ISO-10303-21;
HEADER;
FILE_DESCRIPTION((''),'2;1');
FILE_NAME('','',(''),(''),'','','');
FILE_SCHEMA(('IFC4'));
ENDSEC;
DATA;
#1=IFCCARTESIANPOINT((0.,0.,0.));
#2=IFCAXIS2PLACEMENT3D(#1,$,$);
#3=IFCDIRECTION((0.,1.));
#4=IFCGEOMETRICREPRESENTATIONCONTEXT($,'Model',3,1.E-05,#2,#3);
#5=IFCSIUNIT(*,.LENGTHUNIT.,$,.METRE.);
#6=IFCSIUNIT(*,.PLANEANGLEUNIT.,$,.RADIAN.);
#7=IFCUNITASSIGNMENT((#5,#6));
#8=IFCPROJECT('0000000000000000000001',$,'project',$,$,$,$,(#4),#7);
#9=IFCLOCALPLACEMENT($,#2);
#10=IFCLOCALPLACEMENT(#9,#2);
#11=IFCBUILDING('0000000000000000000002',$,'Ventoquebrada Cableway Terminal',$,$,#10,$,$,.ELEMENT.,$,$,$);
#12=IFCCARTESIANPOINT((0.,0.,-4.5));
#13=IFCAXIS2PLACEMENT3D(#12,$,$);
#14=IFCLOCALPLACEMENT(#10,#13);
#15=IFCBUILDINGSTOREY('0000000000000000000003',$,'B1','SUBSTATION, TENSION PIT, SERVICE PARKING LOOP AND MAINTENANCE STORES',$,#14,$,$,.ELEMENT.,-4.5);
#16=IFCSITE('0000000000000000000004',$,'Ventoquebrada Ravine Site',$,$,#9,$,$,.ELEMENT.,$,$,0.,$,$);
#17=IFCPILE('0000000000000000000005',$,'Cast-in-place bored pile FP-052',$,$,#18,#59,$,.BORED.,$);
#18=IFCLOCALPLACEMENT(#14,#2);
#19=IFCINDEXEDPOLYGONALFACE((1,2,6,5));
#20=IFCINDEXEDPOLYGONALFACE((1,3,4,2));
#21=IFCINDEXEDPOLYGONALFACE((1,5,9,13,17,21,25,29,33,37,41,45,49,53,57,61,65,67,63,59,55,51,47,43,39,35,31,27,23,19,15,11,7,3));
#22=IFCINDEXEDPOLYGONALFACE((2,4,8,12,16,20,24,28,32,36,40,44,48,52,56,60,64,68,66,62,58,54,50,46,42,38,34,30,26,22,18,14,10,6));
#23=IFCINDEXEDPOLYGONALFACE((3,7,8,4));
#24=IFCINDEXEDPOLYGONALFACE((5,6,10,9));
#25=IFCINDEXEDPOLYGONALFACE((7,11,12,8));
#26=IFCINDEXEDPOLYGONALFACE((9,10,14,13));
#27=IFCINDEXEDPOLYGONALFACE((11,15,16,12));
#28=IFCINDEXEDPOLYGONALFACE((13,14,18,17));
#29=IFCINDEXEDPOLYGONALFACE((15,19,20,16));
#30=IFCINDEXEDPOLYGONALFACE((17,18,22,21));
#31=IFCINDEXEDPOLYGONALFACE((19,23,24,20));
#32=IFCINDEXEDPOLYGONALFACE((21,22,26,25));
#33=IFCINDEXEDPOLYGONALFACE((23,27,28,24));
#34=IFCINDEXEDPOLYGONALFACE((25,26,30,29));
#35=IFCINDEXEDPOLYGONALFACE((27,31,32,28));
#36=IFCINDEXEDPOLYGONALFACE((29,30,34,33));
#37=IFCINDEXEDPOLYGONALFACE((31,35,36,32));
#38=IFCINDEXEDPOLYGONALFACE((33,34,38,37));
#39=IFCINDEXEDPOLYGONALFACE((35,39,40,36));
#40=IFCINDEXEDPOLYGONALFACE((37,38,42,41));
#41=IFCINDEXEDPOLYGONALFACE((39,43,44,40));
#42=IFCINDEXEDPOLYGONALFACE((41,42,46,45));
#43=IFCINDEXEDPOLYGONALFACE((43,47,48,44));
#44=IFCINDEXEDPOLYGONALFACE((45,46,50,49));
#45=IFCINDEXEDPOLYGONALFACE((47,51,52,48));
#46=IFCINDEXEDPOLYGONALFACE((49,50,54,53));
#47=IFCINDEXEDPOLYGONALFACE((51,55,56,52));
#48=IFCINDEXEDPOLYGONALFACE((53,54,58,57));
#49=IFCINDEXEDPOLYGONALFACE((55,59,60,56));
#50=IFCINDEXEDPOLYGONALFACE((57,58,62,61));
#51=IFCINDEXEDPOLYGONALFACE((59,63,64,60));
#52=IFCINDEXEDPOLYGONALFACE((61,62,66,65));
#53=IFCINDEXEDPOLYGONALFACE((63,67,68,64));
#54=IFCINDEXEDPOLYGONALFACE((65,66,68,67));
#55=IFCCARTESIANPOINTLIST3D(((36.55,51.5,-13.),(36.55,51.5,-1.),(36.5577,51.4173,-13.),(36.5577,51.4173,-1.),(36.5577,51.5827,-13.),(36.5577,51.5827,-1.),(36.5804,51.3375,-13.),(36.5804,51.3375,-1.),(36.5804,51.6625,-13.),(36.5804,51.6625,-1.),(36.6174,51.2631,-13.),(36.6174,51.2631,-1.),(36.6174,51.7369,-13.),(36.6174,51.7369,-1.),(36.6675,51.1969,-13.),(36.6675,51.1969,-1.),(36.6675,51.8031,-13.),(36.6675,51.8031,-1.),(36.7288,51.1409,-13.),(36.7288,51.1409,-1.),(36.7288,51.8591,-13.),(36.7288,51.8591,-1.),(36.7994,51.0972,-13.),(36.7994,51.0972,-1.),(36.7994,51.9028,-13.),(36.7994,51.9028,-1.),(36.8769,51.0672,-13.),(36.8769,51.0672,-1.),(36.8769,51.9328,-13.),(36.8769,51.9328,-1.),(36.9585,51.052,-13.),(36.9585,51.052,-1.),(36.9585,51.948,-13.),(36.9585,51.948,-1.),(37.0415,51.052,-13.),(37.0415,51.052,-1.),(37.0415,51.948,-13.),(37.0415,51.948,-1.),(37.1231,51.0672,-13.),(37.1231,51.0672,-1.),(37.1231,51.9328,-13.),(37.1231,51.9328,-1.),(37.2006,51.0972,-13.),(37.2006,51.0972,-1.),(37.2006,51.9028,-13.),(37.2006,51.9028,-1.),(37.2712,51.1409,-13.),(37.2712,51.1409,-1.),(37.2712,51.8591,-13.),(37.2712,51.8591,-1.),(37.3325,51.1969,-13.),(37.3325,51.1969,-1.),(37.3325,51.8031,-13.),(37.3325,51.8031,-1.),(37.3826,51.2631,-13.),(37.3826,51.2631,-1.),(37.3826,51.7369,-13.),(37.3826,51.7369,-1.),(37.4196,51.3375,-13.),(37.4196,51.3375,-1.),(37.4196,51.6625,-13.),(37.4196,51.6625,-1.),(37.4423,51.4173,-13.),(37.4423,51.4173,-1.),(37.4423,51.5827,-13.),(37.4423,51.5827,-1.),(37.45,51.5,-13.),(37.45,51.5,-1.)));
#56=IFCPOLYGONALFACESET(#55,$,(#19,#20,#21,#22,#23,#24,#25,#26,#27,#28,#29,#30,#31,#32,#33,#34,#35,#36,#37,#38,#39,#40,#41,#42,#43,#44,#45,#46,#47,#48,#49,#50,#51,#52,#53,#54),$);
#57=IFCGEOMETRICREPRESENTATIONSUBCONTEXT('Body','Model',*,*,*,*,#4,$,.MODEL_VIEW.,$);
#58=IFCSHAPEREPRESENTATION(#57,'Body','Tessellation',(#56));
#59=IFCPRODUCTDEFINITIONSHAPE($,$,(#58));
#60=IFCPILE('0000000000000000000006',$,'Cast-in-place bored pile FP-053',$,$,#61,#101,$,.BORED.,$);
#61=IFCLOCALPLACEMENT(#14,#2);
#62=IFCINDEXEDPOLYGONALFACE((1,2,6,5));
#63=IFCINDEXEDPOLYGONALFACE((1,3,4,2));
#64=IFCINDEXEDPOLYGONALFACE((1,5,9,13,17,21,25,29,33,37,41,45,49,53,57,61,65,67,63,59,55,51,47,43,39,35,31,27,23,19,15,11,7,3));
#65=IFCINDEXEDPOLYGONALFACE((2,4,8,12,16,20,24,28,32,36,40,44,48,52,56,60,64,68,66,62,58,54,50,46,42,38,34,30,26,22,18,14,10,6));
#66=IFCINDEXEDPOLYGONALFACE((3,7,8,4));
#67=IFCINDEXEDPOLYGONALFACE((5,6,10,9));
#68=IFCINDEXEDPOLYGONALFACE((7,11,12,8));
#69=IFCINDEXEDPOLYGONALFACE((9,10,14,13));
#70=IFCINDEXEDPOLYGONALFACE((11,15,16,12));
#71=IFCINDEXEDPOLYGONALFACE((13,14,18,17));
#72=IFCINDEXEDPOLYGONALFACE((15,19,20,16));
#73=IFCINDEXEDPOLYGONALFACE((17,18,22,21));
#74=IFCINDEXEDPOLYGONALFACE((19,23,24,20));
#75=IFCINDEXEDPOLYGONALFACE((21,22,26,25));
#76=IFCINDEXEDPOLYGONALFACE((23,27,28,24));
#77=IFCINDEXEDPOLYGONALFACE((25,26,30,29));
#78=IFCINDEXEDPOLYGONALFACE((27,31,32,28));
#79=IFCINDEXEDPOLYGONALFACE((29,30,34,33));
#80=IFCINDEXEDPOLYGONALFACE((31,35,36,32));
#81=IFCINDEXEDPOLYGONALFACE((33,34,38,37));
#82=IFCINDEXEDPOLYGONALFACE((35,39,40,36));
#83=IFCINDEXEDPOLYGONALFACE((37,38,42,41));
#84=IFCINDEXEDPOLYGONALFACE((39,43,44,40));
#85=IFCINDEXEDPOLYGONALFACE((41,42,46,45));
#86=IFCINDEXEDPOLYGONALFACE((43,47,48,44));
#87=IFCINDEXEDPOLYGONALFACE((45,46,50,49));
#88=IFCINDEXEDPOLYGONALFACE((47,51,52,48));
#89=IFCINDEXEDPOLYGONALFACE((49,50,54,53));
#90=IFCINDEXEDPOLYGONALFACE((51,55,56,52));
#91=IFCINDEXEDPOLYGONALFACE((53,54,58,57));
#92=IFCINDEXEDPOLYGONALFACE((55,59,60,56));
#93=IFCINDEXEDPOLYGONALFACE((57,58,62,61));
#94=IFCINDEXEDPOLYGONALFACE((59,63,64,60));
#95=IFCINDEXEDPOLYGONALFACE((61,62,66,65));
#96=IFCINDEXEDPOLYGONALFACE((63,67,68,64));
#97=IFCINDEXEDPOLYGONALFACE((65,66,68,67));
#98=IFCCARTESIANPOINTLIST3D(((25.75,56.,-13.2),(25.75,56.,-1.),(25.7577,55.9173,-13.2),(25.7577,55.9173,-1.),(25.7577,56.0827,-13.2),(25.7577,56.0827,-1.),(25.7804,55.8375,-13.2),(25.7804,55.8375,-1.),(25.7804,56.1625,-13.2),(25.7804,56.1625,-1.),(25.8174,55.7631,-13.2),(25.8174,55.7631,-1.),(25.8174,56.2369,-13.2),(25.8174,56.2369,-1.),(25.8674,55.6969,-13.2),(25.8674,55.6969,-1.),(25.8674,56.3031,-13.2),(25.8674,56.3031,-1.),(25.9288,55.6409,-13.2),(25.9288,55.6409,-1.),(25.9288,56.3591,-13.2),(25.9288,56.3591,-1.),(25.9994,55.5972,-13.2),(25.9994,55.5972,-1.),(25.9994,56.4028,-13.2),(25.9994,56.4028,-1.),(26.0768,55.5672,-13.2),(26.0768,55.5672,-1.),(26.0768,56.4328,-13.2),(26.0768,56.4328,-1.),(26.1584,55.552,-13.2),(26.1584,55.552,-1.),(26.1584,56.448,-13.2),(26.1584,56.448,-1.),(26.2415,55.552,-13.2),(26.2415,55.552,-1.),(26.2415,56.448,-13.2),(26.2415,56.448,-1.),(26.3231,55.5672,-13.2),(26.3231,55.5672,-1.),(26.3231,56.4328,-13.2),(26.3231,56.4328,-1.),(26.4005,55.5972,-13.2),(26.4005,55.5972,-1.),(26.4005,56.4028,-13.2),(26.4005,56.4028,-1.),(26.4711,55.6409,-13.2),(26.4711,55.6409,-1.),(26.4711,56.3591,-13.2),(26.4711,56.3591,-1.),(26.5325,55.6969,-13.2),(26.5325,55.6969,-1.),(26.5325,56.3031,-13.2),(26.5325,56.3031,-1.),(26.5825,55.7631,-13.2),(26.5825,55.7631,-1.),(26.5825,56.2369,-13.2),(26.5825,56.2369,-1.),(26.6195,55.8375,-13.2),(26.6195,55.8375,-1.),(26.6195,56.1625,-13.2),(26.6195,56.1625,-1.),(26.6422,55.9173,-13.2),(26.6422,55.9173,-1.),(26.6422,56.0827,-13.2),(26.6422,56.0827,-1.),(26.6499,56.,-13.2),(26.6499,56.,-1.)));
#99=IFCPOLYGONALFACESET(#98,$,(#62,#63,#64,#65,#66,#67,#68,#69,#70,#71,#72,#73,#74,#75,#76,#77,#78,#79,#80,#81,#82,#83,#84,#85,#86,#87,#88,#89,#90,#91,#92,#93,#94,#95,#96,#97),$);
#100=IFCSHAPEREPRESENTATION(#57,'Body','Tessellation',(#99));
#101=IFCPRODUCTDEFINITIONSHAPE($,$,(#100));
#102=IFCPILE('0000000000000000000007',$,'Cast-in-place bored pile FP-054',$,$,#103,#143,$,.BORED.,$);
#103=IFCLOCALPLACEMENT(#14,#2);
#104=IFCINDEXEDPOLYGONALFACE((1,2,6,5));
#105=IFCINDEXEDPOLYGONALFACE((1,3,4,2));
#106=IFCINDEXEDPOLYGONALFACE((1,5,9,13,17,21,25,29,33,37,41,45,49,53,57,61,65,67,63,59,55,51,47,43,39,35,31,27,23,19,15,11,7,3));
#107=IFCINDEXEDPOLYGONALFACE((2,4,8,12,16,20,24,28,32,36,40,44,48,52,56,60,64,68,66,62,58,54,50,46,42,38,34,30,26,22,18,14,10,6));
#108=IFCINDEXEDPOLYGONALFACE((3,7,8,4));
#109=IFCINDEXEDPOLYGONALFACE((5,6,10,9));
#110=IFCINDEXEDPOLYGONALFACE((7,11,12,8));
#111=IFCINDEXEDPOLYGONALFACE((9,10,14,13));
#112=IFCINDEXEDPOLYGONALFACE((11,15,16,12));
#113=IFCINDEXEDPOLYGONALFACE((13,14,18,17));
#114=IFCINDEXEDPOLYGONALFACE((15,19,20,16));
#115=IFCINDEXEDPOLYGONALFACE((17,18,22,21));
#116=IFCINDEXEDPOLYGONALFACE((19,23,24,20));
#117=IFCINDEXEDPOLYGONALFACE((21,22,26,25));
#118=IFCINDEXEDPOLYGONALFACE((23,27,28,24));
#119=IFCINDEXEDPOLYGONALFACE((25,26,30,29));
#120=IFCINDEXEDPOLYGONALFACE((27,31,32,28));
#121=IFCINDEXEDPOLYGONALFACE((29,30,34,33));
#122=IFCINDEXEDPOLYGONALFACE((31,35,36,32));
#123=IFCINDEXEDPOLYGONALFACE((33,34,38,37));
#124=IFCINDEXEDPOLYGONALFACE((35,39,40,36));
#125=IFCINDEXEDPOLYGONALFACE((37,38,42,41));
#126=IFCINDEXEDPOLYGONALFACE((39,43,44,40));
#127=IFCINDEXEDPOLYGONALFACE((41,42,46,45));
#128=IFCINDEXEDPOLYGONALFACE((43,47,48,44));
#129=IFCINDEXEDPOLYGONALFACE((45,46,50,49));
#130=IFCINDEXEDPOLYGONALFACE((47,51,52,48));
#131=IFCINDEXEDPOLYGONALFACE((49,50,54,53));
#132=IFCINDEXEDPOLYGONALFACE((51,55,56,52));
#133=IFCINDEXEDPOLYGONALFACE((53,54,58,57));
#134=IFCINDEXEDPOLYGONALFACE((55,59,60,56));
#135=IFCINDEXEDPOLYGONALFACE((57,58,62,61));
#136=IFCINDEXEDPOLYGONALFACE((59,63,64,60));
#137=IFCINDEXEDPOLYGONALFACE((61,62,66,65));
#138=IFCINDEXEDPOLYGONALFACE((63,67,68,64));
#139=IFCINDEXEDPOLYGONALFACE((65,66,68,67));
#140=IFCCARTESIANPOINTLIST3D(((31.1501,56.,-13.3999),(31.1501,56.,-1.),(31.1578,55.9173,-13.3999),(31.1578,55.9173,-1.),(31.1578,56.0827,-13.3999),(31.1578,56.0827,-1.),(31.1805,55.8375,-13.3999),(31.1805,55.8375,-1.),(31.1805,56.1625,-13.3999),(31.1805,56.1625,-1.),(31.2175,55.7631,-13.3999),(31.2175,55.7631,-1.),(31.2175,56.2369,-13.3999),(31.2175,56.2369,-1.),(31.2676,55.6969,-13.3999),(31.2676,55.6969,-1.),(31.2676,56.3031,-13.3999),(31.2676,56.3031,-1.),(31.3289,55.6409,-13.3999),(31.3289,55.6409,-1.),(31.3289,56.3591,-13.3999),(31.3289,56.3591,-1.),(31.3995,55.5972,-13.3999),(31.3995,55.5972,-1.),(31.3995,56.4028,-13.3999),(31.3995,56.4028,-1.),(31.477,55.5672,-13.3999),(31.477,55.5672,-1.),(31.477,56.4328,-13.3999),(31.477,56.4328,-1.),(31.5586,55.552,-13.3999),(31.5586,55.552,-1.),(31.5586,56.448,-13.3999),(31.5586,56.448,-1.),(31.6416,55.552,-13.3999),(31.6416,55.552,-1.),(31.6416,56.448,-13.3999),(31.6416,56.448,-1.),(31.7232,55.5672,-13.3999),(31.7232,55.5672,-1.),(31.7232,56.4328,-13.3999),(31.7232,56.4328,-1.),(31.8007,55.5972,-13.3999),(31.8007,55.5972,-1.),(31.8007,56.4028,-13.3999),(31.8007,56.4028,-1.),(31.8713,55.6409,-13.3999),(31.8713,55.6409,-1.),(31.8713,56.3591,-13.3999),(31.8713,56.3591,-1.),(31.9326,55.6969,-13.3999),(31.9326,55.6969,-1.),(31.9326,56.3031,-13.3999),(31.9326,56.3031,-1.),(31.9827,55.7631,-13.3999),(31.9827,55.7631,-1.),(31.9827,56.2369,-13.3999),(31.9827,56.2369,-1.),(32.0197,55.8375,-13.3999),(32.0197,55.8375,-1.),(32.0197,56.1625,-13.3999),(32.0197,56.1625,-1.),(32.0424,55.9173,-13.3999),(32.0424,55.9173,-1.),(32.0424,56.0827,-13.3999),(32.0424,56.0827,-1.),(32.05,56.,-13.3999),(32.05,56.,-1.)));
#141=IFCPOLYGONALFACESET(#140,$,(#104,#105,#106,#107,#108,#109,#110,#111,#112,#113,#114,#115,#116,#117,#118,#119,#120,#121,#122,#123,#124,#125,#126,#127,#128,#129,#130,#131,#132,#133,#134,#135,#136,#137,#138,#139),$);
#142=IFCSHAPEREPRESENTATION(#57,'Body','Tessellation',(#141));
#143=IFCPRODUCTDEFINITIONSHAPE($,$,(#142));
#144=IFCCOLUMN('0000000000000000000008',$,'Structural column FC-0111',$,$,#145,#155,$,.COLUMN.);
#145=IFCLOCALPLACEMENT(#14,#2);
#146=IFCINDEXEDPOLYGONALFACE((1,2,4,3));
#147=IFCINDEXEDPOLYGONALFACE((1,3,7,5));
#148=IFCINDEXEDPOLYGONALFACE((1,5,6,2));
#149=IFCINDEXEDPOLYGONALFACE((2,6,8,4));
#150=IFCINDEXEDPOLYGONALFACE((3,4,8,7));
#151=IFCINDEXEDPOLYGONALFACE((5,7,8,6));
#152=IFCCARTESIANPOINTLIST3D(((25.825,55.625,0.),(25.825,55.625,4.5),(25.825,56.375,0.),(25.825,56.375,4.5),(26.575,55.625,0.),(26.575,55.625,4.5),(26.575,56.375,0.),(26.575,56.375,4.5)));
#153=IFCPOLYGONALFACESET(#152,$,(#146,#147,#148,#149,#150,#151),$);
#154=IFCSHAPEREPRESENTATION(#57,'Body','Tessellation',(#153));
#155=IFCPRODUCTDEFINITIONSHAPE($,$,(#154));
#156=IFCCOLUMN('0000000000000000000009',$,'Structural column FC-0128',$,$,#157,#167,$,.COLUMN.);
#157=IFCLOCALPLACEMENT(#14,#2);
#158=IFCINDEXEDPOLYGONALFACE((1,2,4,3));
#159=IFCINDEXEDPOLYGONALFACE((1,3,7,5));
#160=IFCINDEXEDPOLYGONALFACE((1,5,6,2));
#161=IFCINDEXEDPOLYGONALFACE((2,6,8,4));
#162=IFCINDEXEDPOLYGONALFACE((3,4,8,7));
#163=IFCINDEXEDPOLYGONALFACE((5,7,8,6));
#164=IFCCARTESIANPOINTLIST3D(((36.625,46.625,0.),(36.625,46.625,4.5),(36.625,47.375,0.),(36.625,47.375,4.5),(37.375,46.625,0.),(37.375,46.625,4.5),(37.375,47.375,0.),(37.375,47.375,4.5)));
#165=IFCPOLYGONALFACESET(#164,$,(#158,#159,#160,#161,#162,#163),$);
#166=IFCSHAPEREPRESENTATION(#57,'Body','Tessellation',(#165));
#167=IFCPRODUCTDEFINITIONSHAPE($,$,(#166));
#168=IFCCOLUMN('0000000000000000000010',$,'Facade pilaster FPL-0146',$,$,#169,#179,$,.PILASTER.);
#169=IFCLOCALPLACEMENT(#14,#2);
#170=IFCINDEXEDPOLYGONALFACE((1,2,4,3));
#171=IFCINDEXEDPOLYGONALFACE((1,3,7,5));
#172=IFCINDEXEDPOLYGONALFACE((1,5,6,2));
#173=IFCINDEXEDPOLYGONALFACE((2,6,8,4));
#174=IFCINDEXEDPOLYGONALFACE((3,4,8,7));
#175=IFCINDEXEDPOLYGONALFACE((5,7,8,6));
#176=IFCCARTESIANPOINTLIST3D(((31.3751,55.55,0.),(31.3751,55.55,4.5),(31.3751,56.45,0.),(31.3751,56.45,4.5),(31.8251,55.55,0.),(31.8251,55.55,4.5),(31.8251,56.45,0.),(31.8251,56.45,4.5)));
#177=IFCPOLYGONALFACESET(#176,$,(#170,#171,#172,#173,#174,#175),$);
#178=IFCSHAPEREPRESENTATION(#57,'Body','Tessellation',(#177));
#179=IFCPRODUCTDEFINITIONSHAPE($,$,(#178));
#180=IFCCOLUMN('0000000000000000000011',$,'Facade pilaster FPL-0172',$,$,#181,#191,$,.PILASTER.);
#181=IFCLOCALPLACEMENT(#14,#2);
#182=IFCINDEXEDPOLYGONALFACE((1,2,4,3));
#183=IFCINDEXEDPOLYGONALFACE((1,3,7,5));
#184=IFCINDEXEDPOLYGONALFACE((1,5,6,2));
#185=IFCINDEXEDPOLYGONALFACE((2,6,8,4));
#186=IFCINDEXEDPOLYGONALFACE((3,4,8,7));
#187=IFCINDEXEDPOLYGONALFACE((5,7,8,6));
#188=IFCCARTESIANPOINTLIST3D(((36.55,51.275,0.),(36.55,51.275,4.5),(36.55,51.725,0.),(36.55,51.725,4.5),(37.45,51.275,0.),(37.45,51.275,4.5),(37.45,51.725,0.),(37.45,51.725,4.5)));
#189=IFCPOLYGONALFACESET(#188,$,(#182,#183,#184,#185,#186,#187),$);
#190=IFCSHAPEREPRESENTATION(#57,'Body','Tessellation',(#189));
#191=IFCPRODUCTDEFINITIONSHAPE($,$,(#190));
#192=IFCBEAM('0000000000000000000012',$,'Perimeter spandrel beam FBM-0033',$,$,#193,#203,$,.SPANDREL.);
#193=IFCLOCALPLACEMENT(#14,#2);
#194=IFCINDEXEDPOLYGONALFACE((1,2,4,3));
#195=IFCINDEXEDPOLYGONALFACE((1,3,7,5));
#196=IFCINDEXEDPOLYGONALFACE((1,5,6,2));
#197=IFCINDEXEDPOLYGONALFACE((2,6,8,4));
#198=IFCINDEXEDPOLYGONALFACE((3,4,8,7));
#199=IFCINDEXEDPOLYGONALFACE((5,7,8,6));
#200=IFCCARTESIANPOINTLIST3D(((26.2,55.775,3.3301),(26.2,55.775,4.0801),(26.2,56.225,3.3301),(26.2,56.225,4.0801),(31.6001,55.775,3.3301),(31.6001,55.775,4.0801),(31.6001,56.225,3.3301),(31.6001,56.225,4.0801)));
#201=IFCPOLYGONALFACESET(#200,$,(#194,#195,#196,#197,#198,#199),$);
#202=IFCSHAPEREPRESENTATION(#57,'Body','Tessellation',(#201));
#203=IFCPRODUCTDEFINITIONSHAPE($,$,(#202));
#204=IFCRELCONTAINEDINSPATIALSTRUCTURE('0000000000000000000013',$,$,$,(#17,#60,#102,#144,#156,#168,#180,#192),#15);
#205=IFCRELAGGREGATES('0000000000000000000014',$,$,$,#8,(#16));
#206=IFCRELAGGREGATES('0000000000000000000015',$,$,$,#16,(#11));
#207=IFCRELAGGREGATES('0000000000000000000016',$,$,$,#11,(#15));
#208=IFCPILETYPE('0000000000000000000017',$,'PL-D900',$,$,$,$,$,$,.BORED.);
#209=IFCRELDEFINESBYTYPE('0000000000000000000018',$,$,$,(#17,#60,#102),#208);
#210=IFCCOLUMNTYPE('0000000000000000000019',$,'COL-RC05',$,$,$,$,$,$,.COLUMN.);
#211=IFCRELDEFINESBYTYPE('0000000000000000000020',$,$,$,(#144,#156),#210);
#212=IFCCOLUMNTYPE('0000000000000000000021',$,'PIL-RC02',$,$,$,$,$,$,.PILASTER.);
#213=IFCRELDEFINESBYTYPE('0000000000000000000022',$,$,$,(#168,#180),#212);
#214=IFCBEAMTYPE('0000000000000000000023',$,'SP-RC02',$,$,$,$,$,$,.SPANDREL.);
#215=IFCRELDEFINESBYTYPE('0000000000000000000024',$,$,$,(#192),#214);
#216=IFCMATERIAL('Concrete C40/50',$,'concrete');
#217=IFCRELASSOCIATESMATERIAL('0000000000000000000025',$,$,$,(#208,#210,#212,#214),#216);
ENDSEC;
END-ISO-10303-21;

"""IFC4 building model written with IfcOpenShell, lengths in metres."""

from ifc_helpers import new_model, si_unit, direction, frame, origin, origin_2d, place, context, subcontext, project, spatial, rectangle, circle, extrude, material, material_profile, profile_set, type_object, element, save


model = new_model("IFC4")

# Units and contexts
model_context = context("Model", 3, precision=1e-05, world=origin(), true_north=direction((0.0, 1.0)))
body_context = subcontext(model_context, "Body", "Model", "MODEL_VIEW")
ifc_project = project(units=[si_unit("LENGTHUNIT", "METRE"), si_unit("PLANEANGLEUNIT", "RADIAN")], contexts=[model_context])

# Site, building, storey
site_placement = place(None, origin())
site = spatial("IfcSite", under=ifc_project, at=site_placement, Name="Ventoquebrada Ravine Site", CompositionType="ELEMENT", RefElevation=0.0)
building_placement = place(site_placement, origin())
building = spatial("IfcBuilding", under=site, at=building_placement, Name="Ventoquebrada Cableway Terminal", CompositionType="ELEMENT")
storey_placement = place(building_placement, frame((0.0, 0.0, -4.5)))
storey = spatial("IfcBuildingStorey", under=building, at=storey_placement, Name="B1", Description="SUBSTATION, TENSION PIT, SERVICE PARKING LOOP AND MAINTENANCE STORES", CompositionType="ELEMENT", Elevation=-4.5)

# Shared definitions
ifc_material = material(Name="Concrete C40/50", Category="concrete")

# Piles
ifc_material_profile_1 = material_profile(ifc_material, circle(Radius=0.45, at=origin_2d()), Name="PILE-D900")
ifc_profile_set_1 = profile_set([ifc_material_profile_1], Name="Concrete C40/50")
pile_type = type_object("IfcPileType", Name="PL-D900", PredefinedType="BORED", material=ifc_profile_set_1)
pile_1_placement = place(storey_placement, frame((37.0, 51.5, -1.0), z_axis=(0.0, 0.0, -1.0), x_axis=(1.0, 0.0, 0.0)))
element("IfcPile", 1, at=pile_1_placement, inside=storey, type_object=pile_type, Name="Cast-in-place bored pile FP-052", PredefinedType="BORED", context=body_context, shape_type="SweptSolid", body=[
    extrude(circle(Radius=0.45, at=origin_2d()), origin(), (0.0, 0.0, 1.0), 12.0),
])
pile_2_placement = place(storey_placement, frame((26.2, 56.0, -1.0), z_axis=(0.0, 0.0, -1.0), x_axis=(1.0, 0.0, 0.0)))
element("IfcPile", 2, at=pile_2_placement, inside=storey, type_object=pile_type, Name="Cast-in-place bored pile FP-053", PredefinedType="BORED", context=body_context, shape_type="SweptSolid", body=[
    extrude(circle(Radius=0.45, at=origin_2d()), origin(), (0.0, 0.0, 1.0), 12.2),
])
pile_3_placement = place(storey_placement, frame((31.6001, 56.0, -1.0), z_axis=(0.0, 0.0, -1.0), x_axis=(1.0, 0.0, 0.0)))
element("IfcPile", 3, at=pile_3_placement, inside=storey, type_object=pile_type, Name="Cast-in-place bored pile FP-054", PredefinedType="BORED", context=body_context, shape_type="SweptSolid", body=[
    extrude(circle(Radius=0.45, at=origin_2d()), origin(), (0.0, 0.0, 1.0), 12.3999),
])

# Columns
ifc_material_profile_2 = material_profile(ifc_material, rectangle(XDim=0.75, YDim=0.75, at=origin_2d()), Name="RC-COL-750X750")
ifc_profile_set_2 = profile_set([ifc_material_profile_2], Name="Concrete C40/50")
column_type_1 = type_object("IfcColumnType", Name="COL-RC05", PredefinedType="COLUMN", material=ifc_profile_set_2)
for number, where, z_axis, x_axis, name in (
    (4, (26.2, 56.0, 0.0), (0.0, 0.0, 1.0), (1.0, 0.0, 0.0), "Structural column FC-0111"),
    (5, (37.0, 47.0, 0.0), (0.0, 0.0, 1.0), (1.0, 0.0, 0.0), "Structural column FC-0128"),
):
    element("IfcColumn", number, at=place(storey_placement, frame(where, z_axis=z_axis, x_axis=x_axis)), inside=storey, type_object=column_type_1, Name=name, PredefinedType="COLUMN", context=body_context, shape_type="SweptSolid", body=[
        extrude(rectangle(XDim=0.75, YDim=0.75, at=origin_2d()), origin(), (0.0, 0.0, 1.0), 4.5),
    ])
ifc_material_profile_3 = material_profile(ifc_material, rectangle(XDim=0.45, YDim=0.8999, at=origin_2d()), Name="RC-PIL-450X900")
ifc_profile_set_3 = profile_set([ifc_material_profile_3], Name="Concrete C40/50")
column_type_2 = type_object("IfcColumnType", Name="PIL-RC02", PredefinedType="PILASTER", material=ifc_profile_set_3)
for number, where, z_axis, x_axis, name in (
    (6, (31.6001, 56.0, 0.0), (0.0, 0.0, 1.0), (1.0, 0.0, 0.0), "Facade pilaster FPL-0146"),
    (7, (37.0, 51.5, 0.0), (0.0, 0.0, 1.0), (0.0, 1.0, 0.0), "Facade pilaster FPL-0172"),
):
    element("IfcColumn", number, at=place(storey_placement, frame(where, z_axis=z_axis, x_axis=x_axis)), inside=storey, type_object=column_type_2, Name=name, PredefinedType="PILASTER", context=body_context, shape_type="SweptSolid", body=[
        extrude(rectangle(XDim=0.45, YDim=0.8999, at=origin_2d()), origin(), (0.0, 0.0, 1.0), 4.5),
    ])

# Beam
ifc_material_profile_4 = material_profile(ifc_material, rectangle(XDim=0.45, YDim=0.75, at=origin_2d()), Name="RC-BM-450X750")
ifc_profile_set_4 = profile_set([ifc_material_profile_4], Name="Concrete C40/50")
beam_type = type_object("IfcBeamType", Name="SP-RC02", PredefinedType="SPANDREL", material=ifc_profile_set_4)
beam_1_placement = place(storey_placement, frame((26.2, 56.0, 3.7051), z_axis=(1.0, 0.0, 0.0), x_axis=(0.0, 1.0, 0.0)))
element("IfcBeam", 8, at=beam_1_placement, inside=storey, type_object=beam_type, Name="Perimeter spandrel beam FBM-0033", PredefinedType="SPANDREL", context=body_context, shape_type="SweptSolid", body=[
    extrude(rectangle(XDim=0.45, YDim=0.75, at=origin_2d()), origin(), (0.0, 0.0, 1.0), 5.4001),
])

save(model, "model.ifc")
